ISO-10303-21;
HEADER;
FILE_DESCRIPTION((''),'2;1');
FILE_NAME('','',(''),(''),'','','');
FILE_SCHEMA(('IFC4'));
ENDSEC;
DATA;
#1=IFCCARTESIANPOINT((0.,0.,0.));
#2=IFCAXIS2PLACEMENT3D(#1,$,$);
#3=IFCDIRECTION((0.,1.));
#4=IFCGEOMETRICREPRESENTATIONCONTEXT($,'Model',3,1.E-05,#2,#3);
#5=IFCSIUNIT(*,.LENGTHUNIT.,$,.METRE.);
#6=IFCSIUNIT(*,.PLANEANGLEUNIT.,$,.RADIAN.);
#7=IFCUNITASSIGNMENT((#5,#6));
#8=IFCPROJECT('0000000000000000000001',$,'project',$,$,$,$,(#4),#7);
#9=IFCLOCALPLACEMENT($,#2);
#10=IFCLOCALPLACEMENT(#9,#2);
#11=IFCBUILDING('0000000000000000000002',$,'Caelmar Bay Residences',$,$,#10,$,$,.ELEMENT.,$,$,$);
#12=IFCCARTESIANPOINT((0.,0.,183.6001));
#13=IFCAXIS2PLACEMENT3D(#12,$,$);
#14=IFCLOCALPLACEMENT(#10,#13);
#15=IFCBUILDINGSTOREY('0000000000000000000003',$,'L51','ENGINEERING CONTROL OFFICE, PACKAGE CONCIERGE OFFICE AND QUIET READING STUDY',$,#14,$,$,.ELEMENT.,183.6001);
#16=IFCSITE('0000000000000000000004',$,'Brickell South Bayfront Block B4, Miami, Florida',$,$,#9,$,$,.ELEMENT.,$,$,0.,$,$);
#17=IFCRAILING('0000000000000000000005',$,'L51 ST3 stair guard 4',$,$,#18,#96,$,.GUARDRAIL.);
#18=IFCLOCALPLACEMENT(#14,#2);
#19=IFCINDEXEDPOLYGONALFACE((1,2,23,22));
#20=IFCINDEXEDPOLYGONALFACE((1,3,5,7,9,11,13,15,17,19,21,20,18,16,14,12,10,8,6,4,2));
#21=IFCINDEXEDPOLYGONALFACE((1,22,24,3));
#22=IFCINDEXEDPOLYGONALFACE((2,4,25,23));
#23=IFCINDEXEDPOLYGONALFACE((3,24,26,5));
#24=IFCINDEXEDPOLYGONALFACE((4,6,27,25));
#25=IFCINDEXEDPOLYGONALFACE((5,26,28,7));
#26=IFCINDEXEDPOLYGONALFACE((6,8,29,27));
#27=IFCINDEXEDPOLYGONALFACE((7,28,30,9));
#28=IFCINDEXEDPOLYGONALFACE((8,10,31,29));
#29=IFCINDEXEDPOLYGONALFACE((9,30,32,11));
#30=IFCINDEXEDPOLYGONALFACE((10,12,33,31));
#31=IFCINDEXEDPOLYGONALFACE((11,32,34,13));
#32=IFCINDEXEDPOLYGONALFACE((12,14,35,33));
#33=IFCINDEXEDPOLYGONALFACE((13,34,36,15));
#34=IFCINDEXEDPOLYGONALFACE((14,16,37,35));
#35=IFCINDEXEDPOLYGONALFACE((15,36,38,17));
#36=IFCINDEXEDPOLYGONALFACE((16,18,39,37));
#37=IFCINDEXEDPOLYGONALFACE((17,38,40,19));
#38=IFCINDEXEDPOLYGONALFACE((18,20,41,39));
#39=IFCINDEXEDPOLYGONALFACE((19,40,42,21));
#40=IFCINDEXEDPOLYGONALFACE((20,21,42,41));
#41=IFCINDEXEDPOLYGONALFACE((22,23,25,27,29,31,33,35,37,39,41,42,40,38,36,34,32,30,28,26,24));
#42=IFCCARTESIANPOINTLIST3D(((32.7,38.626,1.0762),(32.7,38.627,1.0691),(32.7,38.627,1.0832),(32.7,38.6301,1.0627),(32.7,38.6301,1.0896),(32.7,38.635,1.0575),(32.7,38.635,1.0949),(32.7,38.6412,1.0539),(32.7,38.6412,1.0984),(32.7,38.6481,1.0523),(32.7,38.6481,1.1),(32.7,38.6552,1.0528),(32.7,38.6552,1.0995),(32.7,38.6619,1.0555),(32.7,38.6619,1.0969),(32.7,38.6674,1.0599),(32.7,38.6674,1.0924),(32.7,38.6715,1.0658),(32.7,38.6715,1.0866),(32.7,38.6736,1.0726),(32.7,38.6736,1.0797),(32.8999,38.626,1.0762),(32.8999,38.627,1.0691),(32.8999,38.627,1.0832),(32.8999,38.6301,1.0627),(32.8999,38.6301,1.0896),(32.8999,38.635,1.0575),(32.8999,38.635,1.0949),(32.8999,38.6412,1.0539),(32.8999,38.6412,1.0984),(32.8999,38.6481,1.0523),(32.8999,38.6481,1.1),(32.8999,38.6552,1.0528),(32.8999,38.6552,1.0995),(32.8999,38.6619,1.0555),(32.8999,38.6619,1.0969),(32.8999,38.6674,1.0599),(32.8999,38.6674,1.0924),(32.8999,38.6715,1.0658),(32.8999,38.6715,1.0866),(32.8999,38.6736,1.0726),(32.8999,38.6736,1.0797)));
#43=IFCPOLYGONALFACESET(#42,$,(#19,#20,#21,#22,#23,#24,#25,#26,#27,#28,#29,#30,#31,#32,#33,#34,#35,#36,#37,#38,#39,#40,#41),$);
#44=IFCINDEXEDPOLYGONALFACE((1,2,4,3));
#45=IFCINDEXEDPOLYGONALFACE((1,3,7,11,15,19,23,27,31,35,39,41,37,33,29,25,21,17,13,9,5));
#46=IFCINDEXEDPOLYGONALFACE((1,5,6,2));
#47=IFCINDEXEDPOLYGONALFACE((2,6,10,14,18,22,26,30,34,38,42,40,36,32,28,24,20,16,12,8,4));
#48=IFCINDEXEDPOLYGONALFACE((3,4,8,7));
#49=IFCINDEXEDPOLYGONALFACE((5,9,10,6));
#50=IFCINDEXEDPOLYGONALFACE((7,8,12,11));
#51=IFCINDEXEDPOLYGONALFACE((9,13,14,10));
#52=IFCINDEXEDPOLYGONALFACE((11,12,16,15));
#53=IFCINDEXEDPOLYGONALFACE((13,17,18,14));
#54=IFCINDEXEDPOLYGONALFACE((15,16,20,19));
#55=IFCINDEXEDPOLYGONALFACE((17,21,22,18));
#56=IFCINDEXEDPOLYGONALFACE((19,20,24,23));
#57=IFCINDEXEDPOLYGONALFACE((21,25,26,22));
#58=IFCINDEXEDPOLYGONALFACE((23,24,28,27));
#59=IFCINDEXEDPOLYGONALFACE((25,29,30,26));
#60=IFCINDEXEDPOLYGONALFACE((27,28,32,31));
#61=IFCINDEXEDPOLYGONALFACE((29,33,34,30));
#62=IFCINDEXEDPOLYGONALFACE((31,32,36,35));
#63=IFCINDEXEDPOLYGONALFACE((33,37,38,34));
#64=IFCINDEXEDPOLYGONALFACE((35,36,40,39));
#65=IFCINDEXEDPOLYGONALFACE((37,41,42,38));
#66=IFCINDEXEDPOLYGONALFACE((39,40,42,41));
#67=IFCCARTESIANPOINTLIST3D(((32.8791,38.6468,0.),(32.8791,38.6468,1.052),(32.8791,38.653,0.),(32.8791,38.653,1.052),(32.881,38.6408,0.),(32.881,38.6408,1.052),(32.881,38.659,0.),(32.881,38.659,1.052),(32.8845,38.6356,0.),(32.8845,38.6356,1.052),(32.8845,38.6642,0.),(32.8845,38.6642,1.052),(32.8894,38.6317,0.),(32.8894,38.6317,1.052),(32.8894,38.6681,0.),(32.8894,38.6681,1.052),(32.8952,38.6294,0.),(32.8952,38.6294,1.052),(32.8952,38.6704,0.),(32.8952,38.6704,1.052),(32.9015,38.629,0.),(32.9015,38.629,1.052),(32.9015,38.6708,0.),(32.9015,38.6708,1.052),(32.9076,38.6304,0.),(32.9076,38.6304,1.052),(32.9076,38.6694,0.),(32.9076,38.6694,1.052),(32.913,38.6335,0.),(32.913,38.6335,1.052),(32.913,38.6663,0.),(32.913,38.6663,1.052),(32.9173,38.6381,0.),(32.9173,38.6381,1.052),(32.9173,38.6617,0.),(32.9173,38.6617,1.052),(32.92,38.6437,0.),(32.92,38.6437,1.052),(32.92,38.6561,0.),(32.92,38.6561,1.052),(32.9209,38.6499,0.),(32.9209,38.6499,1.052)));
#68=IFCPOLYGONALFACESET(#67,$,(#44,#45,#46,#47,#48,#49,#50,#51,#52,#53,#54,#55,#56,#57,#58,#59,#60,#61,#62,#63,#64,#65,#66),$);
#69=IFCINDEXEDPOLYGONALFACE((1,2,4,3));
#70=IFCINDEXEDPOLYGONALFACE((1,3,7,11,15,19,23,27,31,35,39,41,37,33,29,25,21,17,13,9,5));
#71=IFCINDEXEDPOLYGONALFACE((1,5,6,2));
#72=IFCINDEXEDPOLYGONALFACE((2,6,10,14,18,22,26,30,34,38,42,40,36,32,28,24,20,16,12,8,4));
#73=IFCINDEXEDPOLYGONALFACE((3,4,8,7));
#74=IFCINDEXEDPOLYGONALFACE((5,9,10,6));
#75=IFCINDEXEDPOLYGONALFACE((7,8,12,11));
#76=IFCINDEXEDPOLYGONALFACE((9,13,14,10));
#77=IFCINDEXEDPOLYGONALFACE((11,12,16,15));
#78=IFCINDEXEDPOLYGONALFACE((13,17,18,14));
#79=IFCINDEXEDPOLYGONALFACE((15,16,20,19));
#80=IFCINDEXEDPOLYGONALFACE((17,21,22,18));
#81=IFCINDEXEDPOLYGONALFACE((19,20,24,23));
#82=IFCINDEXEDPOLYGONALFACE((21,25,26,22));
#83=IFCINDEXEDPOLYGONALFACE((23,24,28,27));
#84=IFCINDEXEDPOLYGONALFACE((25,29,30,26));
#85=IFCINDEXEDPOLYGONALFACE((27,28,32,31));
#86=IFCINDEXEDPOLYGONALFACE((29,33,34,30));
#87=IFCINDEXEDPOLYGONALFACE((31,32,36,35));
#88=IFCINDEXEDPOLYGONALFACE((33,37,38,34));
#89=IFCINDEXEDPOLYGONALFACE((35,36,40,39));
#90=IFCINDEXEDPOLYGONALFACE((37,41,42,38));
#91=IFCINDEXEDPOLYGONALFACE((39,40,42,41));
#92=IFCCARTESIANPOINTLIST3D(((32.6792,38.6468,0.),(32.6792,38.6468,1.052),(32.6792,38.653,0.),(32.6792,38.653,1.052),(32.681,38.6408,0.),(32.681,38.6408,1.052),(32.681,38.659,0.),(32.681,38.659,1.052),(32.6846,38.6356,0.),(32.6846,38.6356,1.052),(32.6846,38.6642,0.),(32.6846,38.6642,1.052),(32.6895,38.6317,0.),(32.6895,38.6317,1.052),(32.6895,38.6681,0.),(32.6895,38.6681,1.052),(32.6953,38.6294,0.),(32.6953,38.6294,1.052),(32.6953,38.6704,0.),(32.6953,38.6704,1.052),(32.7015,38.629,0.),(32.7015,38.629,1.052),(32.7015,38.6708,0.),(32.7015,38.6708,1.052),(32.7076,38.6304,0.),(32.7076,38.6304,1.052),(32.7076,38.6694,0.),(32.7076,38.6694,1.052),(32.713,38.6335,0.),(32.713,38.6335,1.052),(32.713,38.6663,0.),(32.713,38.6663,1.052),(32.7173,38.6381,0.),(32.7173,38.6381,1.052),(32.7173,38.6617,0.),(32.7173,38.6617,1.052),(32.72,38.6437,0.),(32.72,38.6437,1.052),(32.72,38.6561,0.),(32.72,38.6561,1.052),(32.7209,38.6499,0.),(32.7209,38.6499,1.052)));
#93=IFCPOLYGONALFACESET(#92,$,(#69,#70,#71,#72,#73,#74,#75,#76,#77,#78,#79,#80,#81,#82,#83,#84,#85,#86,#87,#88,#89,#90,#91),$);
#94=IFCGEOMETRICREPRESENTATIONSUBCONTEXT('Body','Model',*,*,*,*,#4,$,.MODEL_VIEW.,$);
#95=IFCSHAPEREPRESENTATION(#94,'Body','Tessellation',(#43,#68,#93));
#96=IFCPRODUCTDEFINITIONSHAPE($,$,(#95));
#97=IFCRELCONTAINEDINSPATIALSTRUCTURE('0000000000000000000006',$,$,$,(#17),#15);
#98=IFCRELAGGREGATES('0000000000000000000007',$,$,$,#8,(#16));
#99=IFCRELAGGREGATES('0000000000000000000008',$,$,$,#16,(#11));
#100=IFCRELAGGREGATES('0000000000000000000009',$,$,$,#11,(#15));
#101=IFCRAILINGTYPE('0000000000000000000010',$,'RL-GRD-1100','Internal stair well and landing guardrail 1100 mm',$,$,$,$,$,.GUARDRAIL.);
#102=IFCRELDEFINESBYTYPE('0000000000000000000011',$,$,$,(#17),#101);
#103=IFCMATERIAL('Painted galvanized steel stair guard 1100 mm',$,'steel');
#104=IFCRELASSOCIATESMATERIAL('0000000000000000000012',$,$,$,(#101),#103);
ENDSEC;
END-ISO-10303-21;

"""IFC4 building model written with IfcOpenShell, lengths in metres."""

from ifc_helpers import new_model, si_unit, direction, frame, origin, origin_2d, place, context, subcontext, project, spatial, circle, extrude, material, type_object, element, save


model = new_model("IFC4")

# Units and contexts
model_context = context("Model", 3, precision=1e-05, world=origin(), true_north=direction((0.0, 1.0)))
body_context = subcontext(model_context, "Body", "Model", "MODEL_VIEW")
ifc_project = project(units=[si_unit("LENGTHUNIT", "METRE"), si_unit("PLANEANGLEUNIT", "RADIAN")], contexts=[model_context])

# Site, building, storey
site_placement = place(None, origin())
site = spatial("IfcSite", under=ifc_project, at=site_placement, Name="Brickell South Bayfront Block B4, Miami, Florida", CompositionType="ELEMENT", RefElevation=0.0)
building_placement = place(site_placement, origin())
building = spatial("IfcBuilding", under=site, at=building_placement, Name="Caelmar Bay Residences", CompositionType="ELEMENT")
storey_placement = place(building_placement, frame((0.0, 0.0, 183.6001)))
storey = spatial("IfcBuildingStorey", under=building, at=storey_placement, Name="L51", Description="ENGINEERING CONTROL OFFICE, PACKAGE CONCIERGE OFFICE AND QUIET READING STUDY", CompositionType="ELEMENT", Elevation=183.6001)

# Railing
ifc_material_1 = material(Name="Painted galvanized steel stair guard 1100 mm", Category="steel")
railing_type_1 = type_object("IfcRailingType", Name="RL-GRD-1100", Description="Internal stair well and landing guardrail 1100 mm", PredefinedType="GUARDRAIL", material=ifc_material_1)
railing_1_placement = place(storey_placement, frame((32.8999, 38.6499, 0.0)))
element("IfcRailing", 1, at=railing_1_placement, inside=storey, type_object=railing_type_1, Name="L51 ST3 stair guard 4", PredefinedType="GUARDRAIL", context=body_context, shape_type="SweptSolid", body=[
    extrude(circle(Radius=0.0239, at=origin_2d()), frame((0.0, 0.0, 1.0762), z_axis=(-1.0, 0.0, 0.0), x_axis=(0.0, -1.0, 0.0)), (0.0, 0.0, 1.0), 0.2),
    extrude(circle(Radius=0.021, at=origin_2d()), origin(), (0.0, 0.0, 1.0), 1.052),
    extrude(circle(Radius=0.021, at=origin_2d()), frame((-0.2, 0.0, 0.0)), (0.0, 0.0, 1.0), 1.052),
])

save(model, "model.ifc")
